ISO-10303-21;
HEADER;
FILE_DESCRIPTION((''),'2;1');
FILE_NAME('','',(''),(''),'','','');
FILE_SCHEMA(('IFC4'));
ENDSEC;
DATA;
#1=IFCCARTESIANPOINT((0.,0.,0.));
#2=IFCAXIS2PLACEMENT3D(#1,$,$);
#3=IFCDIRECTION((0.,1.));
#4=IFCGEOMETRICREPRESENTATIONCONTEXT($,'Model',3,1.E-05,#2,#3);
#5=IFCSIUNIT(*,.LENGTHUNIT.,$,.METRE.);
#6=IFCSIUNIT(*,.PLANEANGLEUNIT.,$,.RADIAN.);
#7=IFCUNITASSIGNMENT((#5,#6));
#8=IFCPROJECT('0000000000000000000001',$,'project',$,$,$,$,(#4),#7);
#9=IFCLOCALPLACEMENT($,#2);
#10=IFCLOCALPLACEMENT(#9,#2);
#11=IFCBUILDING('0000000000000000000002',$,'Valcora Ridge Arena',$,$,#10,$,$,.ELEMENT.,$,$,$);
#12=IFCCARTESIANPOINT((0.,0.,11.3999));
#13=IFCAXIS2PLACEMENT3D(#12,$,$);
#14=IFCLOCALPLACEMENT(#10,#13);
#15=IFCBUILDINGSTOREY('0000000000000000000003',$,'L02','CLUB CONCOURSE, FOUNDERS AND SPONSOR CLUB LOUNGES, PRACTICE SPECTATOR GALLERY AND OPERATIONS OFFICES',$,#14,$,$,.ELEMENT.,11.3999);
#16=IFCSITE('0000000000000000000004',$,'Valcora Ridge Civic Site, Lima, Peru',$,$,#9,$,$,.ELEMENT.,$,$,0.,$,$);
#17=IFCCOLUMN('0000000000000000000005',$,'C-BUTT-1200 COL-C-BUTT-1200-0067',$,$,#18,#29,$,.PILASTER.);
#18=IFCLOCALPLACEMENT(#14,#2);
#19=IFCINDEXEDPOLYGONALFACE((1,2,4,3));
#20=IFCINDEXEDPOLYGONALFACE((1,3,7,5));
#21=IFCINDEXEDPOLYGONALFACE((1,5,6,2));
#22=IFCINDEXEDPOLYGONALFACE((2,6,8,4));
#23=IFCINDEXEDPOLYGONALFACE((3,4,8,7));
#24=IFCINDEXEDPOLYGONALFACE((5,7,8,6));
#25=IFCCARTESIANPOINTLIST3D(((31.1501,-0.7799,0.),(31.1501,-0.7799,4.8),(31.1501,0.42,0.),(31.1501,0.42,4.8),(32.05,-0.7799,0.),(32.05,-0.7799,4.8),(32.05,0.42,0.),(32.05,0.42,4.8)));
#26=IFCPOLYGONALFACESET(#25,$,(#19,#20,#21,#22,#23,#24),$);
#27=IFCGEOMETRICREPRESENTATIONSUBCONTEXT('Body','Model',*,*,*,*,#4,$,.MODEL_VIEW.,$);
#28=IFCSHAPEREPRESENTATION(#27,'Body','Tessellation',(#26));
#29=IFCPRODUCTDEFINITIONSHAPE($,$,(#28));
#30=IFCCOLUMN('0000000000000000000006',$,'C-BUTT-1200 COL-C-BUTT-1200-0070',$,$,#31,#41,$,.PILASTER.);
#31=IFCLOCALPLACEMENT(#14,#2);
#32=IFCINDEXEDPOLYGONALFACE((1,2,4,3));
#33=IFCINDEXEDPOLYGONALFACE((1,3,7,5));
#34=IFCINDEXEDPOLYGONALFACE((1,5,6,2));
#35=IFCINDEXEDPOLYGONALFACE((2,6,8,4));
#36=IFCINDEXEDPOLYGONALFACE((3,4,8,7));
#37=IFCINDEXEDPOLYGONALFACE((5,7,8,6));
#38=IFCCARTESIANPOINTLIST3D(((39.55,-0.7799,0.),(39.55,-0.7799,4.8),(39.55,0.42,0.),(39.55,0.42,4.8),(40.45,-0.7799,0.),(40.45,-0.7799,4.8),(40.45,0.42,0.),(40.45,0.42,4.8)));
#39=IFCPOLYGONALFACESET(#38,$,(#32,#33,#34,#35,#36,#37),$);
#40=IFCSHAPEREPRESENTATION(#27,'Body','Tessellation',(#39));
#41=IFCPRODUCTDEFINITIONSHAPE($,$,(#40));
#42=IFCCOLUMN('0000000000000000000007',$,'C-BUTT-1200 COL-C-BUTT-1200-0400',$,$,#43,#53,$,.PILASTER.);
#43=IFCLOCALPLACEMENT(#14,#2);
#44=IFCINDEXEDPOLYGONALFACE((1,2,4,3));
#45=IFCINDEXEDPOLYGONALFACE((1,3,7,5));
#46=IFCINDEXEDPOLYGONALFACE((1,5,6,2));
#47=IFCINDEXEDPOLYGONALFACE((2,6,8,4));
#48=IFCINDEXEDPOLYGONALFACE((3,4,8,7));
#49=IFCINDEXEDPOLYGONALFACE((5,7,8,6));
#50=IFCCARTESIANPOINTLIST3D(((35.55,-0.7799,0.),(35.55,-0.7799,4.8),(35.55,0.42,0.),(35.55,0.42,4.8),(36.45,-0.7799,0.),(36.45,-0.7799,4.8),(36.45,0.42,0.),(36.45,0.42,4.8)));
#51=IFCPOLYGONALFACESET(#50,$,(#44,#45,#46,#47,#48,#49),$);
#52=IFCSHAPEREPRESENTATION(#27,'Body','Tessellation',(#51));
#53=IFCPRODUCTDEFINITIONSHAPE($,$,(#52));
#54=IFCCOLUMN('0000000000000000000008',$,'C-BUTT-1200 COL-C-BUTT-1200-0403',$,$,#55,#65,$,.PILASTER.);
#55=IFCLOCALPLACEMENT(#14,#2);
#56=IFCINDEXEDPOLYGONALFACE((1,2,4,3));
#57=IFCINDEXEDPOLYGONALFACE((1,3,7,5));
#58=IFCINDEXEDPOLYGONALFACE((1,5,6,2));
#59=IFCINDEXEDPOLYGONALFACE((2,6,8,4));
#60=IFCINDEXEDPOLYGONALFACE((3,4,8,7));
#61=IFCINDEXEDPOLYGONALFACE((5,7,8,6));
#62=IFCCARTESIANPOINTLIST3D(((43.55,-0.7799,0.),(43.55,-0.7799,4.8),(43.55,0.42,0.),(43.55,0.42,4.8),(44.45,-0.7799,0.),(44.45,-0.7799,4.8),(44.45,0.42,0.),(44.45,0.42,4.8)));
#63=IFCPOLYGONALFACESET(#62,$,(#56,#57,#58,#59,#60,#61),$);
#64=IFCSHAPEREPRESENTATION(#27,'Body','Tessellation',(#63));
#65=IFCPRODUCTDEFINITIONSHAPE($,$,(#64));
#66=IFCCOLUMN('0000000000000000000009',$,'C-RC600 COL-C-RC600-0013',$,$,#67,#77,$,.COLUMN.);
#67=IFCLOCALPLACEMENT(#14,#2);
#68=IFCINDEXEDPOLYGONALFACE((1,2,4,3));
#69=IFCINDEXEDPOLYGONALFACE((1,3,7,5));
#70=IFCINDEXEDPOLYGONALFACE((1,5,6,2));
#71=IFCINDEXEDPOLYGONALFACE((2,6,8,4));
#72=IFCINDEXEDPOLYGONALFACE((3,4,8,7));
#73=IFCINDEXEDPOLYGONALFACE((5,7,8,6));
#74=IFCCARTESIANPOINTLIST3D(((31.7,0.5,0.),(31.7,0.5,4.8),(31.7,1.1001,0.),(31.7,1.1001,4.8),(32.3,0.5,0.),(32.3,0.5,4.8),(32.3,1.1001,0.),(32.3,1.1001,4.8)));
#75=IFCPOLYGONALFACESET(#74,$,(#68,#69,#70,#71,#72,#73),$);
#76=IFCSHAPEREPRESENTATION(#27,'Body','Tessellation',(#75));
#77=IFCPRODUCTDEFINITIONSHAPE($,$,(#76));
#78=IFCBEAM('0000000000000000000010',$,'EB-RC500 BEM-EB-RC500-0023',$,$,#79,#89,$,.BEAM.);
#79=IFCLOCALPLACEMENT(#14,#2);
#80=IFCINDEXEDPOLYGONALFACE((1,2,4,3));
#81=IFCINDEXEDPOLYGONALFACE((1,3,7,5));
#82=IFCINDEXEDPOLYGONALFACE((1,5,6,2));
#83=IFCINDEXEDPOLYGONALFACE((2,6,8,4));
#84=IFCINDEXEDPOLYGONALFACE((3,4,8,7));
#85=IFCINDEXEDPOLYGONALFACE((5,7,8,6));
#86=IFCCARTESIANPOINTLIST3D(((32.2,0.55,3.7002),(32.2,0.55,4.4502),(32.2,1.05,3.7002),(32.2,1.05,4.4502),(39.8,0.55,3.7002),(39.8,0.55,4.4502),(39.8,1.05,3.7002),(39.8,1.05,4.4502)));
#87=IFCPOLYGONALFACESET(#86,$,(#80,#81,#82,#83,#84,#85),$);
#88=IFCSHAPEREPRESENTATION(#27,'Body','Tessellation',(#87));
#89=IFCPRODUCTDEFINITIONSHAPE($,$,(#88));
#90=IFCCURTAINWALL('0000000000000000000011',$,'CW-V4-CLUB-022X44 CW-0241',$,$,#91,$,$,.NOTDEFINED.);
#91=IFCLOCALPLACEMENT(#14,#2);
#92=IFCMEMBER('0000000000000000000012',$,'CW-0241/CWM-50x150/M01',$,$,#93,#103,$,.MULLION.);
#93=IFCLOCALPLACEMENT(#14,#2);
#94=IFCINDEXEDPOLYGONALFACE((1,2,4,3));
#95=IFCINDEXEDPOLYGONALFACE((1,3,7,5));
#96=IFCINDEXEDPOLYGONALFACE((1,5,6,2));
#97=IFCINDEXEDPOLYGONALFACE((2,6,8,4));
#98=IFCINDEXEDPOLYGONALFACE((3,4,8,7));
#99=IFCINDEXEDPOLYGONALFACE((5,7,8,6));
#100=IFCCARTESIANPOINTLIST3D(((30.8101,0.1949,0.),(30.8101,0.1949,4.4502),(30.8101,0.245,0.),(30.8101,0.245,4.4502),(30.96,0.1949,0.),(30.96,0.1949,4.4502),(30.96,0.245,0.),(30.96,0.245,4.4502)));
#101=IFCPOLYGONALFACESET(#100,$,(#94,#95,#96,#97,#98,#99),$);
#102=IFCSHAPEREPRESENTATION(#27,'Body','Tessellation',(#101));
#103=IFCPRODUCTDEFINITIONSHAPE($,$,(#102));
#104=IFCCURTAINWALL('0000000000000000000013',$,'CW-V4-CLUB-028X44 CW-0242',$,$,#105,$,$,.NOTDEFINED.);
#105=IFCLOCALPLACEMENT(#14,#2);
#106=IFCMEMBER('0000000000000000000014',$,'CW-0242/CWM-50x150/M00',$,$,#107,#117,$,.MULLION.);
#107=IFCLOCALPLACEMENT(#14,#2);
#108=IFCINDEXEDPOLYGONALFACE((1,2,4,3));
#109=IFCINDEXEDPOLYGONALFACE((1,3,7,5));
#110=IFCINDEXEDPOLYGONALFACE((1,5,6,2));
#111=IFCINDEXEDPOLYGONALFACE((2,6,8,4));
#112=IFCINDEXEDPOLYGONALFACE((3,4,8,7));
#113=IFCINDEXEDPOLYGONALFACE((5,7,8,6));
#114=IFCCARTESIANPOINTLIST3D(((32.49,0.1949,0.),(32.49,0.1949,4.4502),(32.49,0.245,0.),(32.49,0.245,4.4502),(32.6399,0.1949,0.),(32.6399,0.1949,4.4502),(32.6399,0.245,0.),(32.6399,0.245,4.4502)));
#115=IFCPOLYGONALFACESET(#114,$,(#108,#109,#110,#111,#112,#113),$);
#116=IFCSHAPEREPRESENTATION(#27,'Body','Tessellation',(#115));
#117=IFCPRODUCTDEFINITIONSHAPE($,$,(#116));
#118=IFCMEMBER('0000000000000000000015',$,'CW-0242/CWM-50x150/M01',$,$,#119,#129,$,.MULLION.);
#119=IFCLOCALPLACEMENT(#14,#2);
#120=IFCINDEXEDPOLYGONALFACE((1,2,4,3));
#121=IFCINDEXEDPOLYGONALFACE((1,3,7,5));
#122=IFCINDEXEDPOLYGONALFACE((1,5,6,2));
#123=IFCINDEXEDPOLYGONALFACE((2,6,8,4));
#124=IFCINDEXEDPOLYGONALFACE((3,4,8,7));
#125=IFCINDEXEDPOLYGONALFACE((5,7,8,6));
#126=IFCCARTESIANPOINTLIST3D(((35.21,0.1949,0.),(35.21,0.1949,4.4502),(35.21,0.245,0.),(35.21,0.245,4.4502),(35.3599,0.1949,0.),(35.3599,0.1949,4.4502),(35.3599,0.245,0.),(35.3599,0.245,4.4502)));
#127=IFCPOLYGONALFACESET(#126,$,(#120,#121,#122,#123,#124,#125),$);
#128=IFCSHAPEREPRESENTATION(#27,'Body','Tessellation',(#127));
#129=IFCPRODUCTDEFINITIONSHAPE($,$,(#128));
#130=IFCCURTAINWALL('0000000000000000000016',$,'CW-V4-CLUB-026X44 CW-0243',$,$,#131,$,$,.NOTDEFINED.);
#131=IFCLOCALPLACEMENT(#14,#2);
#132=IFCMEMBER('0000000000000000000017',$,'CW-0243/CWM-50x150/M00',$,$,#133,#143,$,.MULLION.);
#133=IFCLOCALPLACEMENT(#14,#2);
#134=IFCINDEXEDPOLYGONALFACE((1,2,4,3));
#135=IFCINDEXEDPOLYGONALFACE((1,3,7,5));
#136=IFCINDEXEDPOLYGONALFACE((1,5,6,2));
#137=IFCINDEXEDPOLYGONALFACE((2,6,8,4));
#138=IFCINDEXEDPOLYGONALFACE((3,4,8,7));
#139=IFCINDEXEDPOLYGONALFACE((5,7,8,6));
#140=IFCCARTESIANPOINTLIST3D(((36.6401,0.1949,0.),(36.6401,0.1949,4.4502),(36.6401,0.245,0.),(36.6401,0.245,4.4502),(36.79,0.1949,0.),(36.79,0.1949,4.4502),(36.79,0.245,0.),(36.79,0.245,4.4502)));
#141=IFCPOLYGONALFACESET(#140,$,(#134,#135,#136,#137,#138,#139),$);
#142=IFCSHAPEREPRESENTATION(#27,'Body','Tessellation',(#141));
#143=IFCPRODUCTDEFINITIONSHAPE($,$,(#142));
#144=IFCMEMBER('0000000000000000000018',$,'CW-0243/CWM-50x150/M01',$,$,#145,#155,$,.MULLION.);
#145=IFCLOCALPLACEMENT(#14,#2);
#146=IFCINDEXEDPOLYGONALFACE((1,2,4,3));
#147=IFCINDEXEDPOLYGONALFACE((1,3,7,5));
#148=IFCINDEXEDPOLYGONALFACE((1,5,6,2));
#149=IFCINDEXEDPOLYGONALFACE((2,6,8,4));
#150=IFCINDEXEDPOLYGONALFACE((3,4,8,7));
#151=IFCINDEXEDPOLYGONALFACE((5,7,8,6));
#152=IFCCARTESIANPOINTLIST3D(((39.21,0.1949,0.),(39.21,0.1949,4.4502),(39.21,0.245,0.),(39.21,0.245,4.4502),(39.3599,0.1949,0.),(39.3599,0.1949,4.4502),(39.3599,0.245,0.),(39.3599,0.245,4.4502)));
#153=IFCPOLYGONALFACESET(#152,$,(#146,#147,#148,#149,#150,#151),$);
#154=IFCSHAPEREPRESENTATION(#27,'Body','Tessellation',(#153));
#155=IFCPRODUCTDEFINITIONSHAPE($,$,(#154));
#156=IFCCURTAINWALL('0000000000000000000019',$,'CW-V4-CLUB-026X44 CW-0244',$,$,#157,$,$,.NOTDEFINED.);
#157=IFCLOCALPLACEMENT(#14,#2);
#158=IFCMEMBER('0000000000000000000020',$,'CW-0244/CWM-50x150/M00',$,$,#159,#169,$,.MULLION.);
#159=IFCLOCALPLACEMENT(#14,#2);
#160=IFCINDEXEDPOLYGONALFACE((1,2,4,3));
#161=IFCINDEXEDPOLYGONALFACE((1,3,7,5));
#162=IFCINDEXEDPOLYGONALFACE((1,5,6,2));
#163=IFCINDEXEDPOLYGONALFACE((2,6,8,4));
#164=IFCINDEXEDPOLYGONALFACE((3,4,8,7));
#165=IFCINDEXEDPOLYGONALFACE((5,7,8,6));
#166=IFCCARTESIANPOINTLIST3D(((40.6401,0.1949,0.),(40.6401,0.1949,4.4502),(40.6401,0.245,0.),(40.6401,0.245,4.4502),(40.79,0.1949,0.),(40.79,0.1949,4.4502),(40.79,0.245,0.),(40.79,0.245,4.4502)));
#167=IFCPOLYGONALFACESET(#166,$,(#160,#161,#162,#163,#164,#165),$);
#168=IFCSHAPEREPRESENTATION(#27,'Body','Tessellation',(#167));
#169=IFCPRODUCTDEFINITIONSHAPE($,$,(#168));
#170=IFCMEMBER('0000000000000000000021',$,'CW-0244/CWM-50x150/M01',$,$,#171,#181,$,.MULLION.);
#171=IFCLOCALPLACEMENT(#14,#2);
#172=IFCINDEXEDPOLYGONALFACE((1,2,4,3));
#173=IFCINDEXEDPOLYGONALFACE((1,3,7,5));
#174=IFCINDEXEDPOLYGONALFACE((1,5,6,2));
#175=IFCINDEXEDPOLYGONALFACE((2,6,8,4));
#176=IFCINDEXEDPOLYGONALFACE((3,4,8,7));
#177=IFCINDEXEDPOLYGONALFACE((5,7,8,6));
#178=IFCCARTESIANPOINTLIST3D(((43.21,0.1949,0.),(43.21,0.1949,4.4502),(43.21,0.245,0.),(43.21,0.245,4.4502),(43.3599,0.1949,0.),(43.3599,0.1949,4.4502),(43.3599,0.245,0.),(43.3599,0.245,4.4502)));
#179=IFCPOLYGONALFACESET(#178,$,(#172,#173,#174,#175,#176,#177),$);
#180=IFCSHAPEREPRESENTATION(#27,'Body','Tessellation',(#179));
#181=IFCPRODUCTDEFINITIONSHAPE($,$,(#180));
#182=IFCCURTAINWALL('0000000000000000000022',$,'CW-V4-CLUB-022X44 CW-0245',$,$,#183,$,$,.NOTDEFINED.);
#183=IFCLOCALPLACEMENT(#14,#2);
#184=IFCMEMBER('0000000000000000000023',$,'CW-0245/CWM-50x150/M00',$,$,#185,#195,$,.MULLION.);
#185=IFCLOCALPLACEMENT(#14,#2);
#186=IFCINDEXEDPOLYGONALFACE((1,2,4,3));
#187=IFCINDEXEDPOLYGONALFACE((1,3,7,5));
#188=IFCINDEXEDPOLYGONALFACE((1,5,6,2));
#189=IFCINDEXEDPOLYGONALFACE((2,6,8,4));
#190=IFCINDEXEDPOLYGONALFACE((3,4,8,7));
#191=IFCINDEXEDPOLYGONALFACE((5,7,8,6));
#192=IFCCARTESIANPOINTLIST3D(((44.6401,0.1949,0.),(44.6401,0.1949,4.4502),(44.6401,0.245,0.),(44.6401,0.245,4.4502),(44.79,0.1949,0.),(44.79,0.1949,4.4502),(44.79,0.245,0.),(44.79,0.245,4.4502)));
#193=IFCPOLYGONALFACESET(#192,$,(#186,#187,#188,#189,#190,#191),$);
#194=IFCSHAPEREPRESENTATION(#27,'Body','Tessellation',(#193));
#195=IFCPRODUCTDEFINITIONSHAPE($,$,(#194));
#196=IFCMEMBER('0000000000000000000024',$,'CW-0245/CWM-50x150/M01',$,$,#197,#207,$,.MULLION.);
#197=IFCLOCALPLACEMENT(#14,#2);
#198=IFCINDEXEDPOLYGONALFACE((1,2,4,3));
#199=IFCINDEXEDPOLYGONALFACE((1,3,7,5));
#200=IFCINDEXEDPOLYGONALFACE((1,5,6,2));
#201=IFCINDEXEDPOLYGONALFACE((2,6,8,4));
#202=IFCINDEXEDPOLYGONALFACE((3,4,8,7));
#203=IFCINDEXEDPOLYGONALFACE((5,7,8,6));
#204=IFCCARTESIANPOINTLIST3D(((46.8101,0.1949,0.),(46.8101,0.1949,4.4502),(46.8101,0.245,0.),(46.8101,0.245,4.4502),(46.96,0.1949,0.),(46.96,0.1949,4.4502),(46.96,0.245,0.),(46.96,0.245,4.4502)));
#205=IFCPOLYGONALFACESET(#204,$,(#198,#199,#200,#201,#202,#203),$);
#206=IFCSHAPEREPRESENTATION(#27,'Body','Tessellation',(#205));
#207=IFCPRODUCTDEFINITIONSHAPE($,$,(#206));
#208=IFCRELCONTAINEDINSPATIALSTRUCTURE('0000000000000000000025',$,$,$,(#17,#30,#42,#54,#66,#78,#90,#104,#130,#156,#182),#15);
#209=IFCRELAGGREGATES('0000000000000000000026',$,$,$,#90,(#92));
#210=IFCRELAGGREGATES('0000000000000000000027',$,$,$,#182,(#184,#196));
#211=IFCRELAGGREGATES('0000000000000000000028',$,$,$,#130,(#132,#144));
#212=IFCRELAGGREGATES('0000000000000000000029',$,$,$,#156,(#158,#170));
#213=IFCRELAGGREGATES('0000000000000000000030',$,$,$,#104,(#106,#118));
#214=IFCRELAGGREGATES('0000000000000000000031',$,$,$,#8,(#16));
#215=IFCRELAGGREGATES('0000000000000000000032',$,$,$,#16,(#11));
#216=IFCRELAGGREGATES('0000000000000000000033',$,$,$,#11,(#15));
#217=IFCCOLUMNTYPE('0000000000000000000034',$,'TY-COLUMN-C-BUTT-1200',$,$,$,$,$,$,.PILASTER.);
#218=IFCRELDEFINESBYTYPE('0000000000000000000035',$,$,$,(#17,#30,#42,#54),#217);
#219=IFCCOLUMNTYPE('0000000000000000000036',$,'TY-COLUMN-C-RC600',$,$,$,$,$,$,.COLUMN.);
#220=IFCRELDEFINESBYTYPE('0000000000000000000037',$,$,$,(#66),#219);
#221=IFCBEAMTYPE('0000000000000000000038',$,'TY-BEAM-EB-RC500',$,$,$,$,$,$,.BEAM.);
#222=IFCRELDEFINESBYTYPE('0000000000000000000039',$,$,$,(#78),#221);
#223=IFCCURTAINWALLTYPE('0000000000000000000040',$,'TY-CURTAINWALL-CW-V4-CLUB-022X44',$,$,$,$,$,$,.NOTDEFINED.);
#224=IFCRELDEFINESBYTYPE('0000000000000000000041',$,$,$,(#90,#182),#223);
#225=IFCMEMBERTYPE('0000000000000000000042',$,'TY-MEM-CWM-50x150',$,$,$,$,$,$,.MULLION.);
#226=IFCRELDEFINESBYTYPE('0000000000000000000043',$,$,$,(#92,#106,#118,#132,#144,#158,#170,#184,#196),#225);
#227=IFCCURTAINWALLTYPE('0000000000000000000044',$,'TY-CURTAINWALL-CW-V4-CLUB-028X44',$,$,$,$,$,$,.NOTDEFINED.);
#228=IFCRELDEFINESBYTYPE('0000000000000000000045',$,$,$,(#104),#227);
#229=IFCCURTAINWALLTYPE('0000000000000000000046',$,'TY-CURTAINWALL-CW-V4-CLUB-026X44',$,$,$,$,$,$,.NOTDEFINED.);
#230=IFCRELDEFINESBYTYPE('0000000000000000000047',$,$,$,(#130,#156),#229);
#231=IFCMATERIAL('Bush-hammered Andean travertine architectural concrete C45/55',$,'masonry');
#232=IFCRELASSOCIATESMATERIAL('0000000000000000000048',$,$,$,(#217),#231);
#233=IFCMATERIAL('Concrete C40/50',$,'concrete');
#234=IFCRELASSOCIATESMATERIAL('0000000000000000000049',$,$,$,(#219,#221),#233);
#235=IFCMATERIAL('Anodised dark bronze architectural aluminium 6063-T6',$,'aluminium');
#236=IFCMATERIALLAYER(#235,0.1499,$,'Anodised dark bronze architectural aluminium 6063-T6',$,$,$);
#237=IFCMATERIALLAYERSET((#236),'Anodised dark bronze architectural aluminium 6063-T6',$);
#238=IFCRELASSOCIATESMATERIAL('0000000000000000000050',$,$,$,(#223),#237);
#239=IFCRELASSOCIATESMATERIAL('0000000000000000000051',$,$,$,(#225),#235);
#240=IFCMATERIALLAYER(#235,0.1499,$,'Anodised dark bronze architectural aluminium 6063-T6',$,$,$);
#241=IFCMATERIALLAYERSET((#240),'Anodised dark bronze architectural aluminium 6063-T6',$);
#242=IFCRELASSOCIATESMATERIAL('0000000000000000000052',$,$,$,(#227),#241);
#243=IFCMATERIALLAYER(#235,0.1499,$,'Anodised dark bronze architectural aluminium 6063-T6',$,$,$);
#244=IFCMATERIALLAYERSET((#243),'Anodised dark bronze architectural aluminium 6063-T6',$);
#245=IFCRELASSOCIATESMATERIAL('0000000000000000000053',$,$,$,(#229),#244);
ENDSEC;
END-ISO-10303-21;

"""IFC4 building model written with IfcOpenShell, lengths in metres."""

from ifc_helpers import new_model, si_unit, direction, frame, origin, origin_2d, place, context, subcontext, project, spatial, rectangle, extrude, material, layer, layer_set, material_profile, profile_set, type_object, element, aggregate, save


model = new_model("IFC4")

# Units and contexts
model_context = context("Model", 3, precision=1e-05, world=origin(), true_north=direction((0.0, 1.0)))
body_context = subcontext(model_context, "Body", "Model", "MODEL_VIEW")
ifc_project = project(units=[si_unit("LENGTHUNIT", "METRE"), si_unit("PLANEANGLEUNIT", "RADIAN")], contexts=[model_context])

# Site, building, storey
site_placement = place(None, origin())
site = spatial("IfcSite", under=ifc_project, at=site_placement, Name="Valcora Ridge Civic Site, Lima, Peru", CompositionType="ELEMENT", RefElevation=0.0)
building_placement = place(site_placement, origin())
building = spatial("IfcBuilding", under=site, at=building_placement, Name="Valcora Ridge Arena", CompositionType="ELEMENT")
storey_placement = place(building_placement, frame((0.0, 0.0, 11.3999)))
storey = spatial("IfcBuildingStorey", under=building, at=storey_placement, Name="L02", Description="CLUB CONCOURSE, FOUNDERS AND SPONSOR CLUB LOUNGES, PRACTICE SPECTATOR GALLERY AND OPERATIONS OFFICES", CompositionType="ELEMENT", Elevation=11.3999)

# Columns
ifc_material_1 = material(Name="Bush-hammered Andean travertine architectural concrete C45/55", Category="masonry")
ifc_material_profile_1 = material_profile(ifc_material_1, rectangle(XDim=0.8999, YDim=1.2, at=origin_2d()), Name="RC 900x1200")
ifc_profile_set_1 = profile_set([ifc_material_profile_1], Name="Bush-hammered Andean travertine architectural concrete C45/55")
column_type_1 = type_object("IfcColumnType", Name="TY-COLUMN-C-BUTT-1200", PredefinedType="PILASTER", material=ifc_profile_set_1)
for number, where, z_axis, x_axis, name in (
    (1, (31.6001, -0.1799, 0.0), (0.0, 0.0, 1.0), (1.0, 0.0, 0.0), "C-BUTT-1200 COL-C-BUTT-1200-0067"),
    (2, (40.0, -0.1799, 0.0), (0.0, 0.0, 1.0), (1.0, 0.0, 0.0), "C-BUTT-1200 COL-C-BUTT-1200-0070"),
    (3, (36.0, -0.1799, 0.0), (0.0, 0.0, 1.0), (1.0, 0.0, 0.0), "C-BUTT-1200 COL-C-BUTT-1200-0400"),
    (4, (44.0, -0.1799, 0.0), (0.0, 0.0, 1.0), (1.0, 0.0, 0.0), "C-BUTT-1200 COL-C-BUTT-1200-0403"),
):
    element("IfcColumn", number, at=place(storey_placement, frame(where, z_axis=z_axis, x_axis=x_axis)), inside=storey, type_object=column_type_1, Name=name, PredefinedType="PILASTER", context=body_context, shape_type="SweptSolid", body=[
        extrude(rectangle(XDim=0.8999, YDim=1.2, at=origin_2d()), origin(), (0.0, 0.0, 1.0), 4.8),
    ])
ifc_material_2 = material(Name="Concrete C40/50", Category="concrete")
ifc_material_profile_2 = material_profile(ifc_material_2, rectangle(XDim=0.6001, YDim=0.6001, at=origin_2d()), Name="RC 600x600")
ifc_profile_set_2 = profile_set([ifc_material_profile_2], Name="Concrete C40/50")
column_type_2 = type_object("IfcColumnType", Name="TY-COLUMN-C-RC600", PredefinedType="COLUMN", material=ifc_profile_set_2)
column_placement = place(storey_placement, frame((32.0, 0.8, 0.0), z_axis=(0.0, 0.0, 1.0), x_axis=(1.0, 0.0, 0.0)))
element("IfcColumn", 5, at=column_placement, inside=storey, type_object=column_type_2, Name="C-RC600 COL-C-RC600-0013", PredefinedType="COLUMN", context=body_context, shape_type="SweptSolid", body=[
    extrude(rectangle(XDim=0.6001, YDim=0.6001, at=origin_2d()), origin(), (0.0, 0.0, 1.0), 4.8),
])

# Beam
ifc_material_profile_3 = material_profile(ifc_material_2, rectangle(XDim=0.5, YDim=0.75, at=origin_2d()), Name="RC 500x750")
ifc_profile_set_3 = profile_set([ifc_material_profile_3], Name="Concrete C40/50")
beam_type = type_object("IfcBeamType", Name="TY-BEAM-EB-RC500", PredefinedType="BEAM", material=ifc_profile_set_3)
beam_placement = place(storey_placement, frame((32.2, 0.8, 4.0752), z_axis=(1.0, 0.0, 0.0), x_axis=(0.0, 1.0, 0.0)))
element("IfcBeam", 6, at=beam_placement, inside=storey, type_object=beam_type, Name="EB-RC500 BEM-EB-RC500-0023", PredefinedType="BEAM", context=body_context, shape_type="SweptSolid", body=[
    extrude(rectangle(XDim=0.5, YDim=0.75, at=origin_2d()), origin(), (0.0, 0.0, 1.0), 7.6001),
])

# Curtain wall, member
ifc_material_3 = material(Name="Anodised dark bronze architectural aluminium 6063-T6", Category="aluminium")
ifc_layer_1 = layer(ifc_material_3, 0.1499, Name="Anodised dark bronze architectural aluminium 6063-T6")
ifc_layer_set_1 = layer_set([ifc_layer_1], Name="Anodised dark bronze architectural aluminium 6063-T6")
curtain_wall_type_1 = type_object("IfcCurtainWallType", Name="TY-CURTAINWALL-CW-V4-CLUB-022X44", PredefinedType="NOTDEFINED", material=ifc_layer_set_1)
curtain_wall_1_placement = place(storey_placement, origin())
curtain_wall_1 = element("IfcCurtainWall", 7, at=curtain_wall_1_placement, inside=storey, type_object=curtain_wall_type_1, Name="CW-V4-CLUB-022X44 CW-0241", PredefinedType="NOTDEFINED")
ifc_material_profile_4 = material_profile(ifc_material_3, rectangle(XDim=0.05, YDim=0.1499, at=origin_2d()), Name="ALU MULLION 50x150")
ifc_profile_set_4 = profile_set([ifc_material_profile_4], Name="Anodised dark bronze architectural aluminium 6063-T6")
member_type_1 = type_object("IfcMemberType", Name="TY-MEM-CWM-50x150", PredefinedType="MULLION", material=ifc_profile_set_4)
member_1_placement = place(storey_placement, frame((30.885, 0.22, 0.0), z_axis=(0.0, 0.0, 1.0), x_axis=(0.0, 1.0, 0.0)))
member_1 = element("IfcMember", 8, at=member_1_placement, type_object=member_type_1, Name="CW-0241/CWM-50x150/M01", PredefinedType="MULLION", context=body_context, shape_type="SweptSolid", body=[
    extrude(rectangle(XDim=0.05, YDim=0.1499, at=origin_2d()), origin(), (0.0, 0.0, 1.0), 4.4502),
])

# Curtain walls, members
ifc_layer_2 = layer(ifc_material_3, 0.1499, Name="Anodised dark bronze architectural aluminium 6063-T6")
ifc_layer_set_2 = layer_set([ifc_layer_2], Name="Anodised dark bronze architectural aluminium 6063-T6")
curtain_wall_type_2 = type_object("IfcCurtainWallType", Name="TY-CURTAINWALL-CW-V4-CLUB-028X44", PredefinedType="NOTDEFINED", material=ifc_layer_set_2)
curtain_wall_2_placement = place(storey_placement, origin())
curtain_wall_2 = element("IfcCurtainWall", 9, at=curtain_wall_2_placement, inside=storey, type_object=curtain_wall_type_2, Name="CW-V4-CLUB-028X44 CW-0242", PredefinedType="NOTDEFINED")
member_2_placement = place(storey_placement, frame((32.5649, 0.22, 0.0), z_axis=(0.0, 0.0, 1.0), x_axis=(0.0, 1.0, 0.0)))
member_2 = element("IfcMember", 10, at=member_2_placement, type_object=member_type_1, Name="CW-0242/CWM-50x150/M00", PredefinedType="MULLION", context=body_context, shape_type="SweptSolid", body=[
    extrude(rectangle(XDim=0.05, YDim=0.1499, at=origin_2d()), origin(), (0.0, 0.0, 1.0), 4.4502),
])
member_3_placement = place(storey_placement, frame((35.2849, 0.22, 0.0), z_axis=(0.0, 0.0, 1.0), x_axis=(0.0, 1.0, 0.0)))
member_3 = element("IfcMember", 11, at=member_3_placement, type_object=member_type_1, Name="CW-0242/CWM-50x150/M01", PredefinedType="MULLION", context=body_context, shape_type="SweptSolid", body=[
    extrude(rectangle(XDim=0.05, YDim=0.1499, at=origin_2d()), origin(), (0.0, 0.0, 1.0), 4.4502),
])
ifc_layer_3 = layer(ifc_material_3, 0.1499, Name="Anodised dark bronze architectural aluminium 6063-T6")
ifc_layer_set_3 = layer_set([ifc_layer_3], Name="Anodised dark bronze architectural aluminium 6063-T6")
curtain_wall_type_3 = type_object("IfcCurtainWallType", Name="TY-CURTAINWALL-CW-V4-CLUB-026X44", PredefinedType="NOTDEFINED", material=ifc_layer_set_3)
curtain_wall_3_placement = place(storey_placement, origin())
curtain_wall_3 = element("IfcCurtainWall", 12, at=curtain_wall_3_placement, inside=storey, type_object=curtain_wall_type_3, Name="CW-V4-CLUB-026X44 CW-0243", PredefinedType="NOTDEFINED")
member_4_placement = place(storey_placement, frame((36.7151, 0.22, 0.0), z_axis=(0.0, 0.0, 1.0), x_axis=(0.0, 1.0, 0.0)))
member_4 = element("IfcMember", 13, at=member_4_placement, type_object=member_type_1, Name="CW-0243/CWM-50x150/M00", PredefinedType="MULLION", context=body_context, shape_type="SweptSolid", body=[
    extrude(rectangle(XDim=0.05, YDim=0.1499, at=origin_2d()), origin(), (0.0, 0.0, 1.0), 4.4502),
])
member_5_placement = place(storey_placement, frame((39.2849, 0.22, 0.0), z_axis=(0.0, 0.0, 1.0), x_axis=(0.0, 1.0, 0.0)))
member_5 = element("IfcMember", 14, at=member_5_placement, type_object=member_type_1, Name="CW-0243/CWM-50x150/M01", PredefinedType="MULLION", context=body_context, shape_type="SweptSolid", body=[
    extrude(rectangle(XDim=0.05, YDim=0.1499, at=origin_2d()), origin(), (0.0, 0.0, 1.0), 4.4502),
])
curtain_wall_4_placement = place(storey_placement, origin())
curtain_wall_4 = element("IfcCurtainWall", 15, at=curtain_wall_4_placement, inside=storey, type_object=curtain_wall_type_3, Name="CW-V4-CLUB-026X44 CW-0244", PredefinedType="NOTDEFINED")
member_6_placement = place(storey_placement, frame((40.7151, 0.22, 0.0), z_axis=(0.0, 0.0, 1.0), x_axis=(0.0, 1.0, 0.0)))
member_6 = element("IfcMember", 16, at=member_6_placement, type_object=member_type_1, Name="CW-0244/CWM-50x150/M00", PredefinedType="MULLION", context=body_context, shape_type="SweptSolid", body=[
    extrude(rectangle(XDim=0.05, YDim=0.1499, at=origin_2d()), origin(), (0.0, 0.0, 1.0), 4.4502),
])
member_7_placement = place(storey_placement, frame((43.2849, 0.22, 0.0), z_axis=(0.0, 0.0, 1.0), x_axis=(0.0, 1.0, 0.0)))
member_7 = element("IfcMember", 17, at=member_7_placement, type_object=member_type_1, Name="CW-0244/CWM-50x150/M01", PredefinedType="MULLION", context=body_context, shape_type="SweptSolid", body=[
    extrude(rectangle(XDim=0.05, YDim=0.1499, at=origin_2d()), origin(), (0.0, 0.0, 1.0), 4.4502),
])
curtain_wall_5_placement = place(storey_placement, origin())
curtain_wall_5 = element("IfcCurtainWall", 18, at=curtain_wall_5_placement, inside=storey, type_object=curtain_wall_type_1, Name="CW-V4-CLUB-022X44 CW-0245", PredefinedType="NOTDEFINED")
member_8_placement = place(storey_placement, frame((44.7151, 0.22, 0.0), z_axis=(0.0, 0.0, 1.0), x_axis=(0.0, 1.0, 0.0)))
member_8 = element("IfcMember", 19, at=member_8_placement, type_object=member_type_1, Name="CW-0245/CWM-50x150/M00", PredefinedType="MULLION", context=body_context, shape_type="SweptSolid", body=[
    extrude(rectangle(XDim=0.05, YDim=0.1499, at=origin_2d()), origin(), (0.0, 0.0, 1.0), 4.4502),
])
member_9_placement = place(storey_placement, frame((46.885, 0.22, 0.0), z_axis=(0.0, 0.0, 1.0), x_axis=(0.0, 1.0, 0.0)))
member_9 = element("IfcMember", 20, at=member_9_placement, type_object=member_type_1, Name="CW-0245/CWM-50x150/M01", PredefinedType="MULLION", context=body_context, shape_type="SweptSolid", body=[
    extrude(rectangle(XDim=0.05, YDim=0.1499, at=origin_2d()), origin(), (0.0, 0.0, 1.0), 4.4502),
])

aggregate(curtain_wall_1, [member_1])
aggregate(curtain_wall_5, [member_8, member_9])
aggregate(curtain_wall_3, [member_4, member_5])
aggregate(curtain_wall_4, [member_6, member_7])
aggregate(curtain_wall_2, [member_2, member_3])

save(model, "model.ifc")
